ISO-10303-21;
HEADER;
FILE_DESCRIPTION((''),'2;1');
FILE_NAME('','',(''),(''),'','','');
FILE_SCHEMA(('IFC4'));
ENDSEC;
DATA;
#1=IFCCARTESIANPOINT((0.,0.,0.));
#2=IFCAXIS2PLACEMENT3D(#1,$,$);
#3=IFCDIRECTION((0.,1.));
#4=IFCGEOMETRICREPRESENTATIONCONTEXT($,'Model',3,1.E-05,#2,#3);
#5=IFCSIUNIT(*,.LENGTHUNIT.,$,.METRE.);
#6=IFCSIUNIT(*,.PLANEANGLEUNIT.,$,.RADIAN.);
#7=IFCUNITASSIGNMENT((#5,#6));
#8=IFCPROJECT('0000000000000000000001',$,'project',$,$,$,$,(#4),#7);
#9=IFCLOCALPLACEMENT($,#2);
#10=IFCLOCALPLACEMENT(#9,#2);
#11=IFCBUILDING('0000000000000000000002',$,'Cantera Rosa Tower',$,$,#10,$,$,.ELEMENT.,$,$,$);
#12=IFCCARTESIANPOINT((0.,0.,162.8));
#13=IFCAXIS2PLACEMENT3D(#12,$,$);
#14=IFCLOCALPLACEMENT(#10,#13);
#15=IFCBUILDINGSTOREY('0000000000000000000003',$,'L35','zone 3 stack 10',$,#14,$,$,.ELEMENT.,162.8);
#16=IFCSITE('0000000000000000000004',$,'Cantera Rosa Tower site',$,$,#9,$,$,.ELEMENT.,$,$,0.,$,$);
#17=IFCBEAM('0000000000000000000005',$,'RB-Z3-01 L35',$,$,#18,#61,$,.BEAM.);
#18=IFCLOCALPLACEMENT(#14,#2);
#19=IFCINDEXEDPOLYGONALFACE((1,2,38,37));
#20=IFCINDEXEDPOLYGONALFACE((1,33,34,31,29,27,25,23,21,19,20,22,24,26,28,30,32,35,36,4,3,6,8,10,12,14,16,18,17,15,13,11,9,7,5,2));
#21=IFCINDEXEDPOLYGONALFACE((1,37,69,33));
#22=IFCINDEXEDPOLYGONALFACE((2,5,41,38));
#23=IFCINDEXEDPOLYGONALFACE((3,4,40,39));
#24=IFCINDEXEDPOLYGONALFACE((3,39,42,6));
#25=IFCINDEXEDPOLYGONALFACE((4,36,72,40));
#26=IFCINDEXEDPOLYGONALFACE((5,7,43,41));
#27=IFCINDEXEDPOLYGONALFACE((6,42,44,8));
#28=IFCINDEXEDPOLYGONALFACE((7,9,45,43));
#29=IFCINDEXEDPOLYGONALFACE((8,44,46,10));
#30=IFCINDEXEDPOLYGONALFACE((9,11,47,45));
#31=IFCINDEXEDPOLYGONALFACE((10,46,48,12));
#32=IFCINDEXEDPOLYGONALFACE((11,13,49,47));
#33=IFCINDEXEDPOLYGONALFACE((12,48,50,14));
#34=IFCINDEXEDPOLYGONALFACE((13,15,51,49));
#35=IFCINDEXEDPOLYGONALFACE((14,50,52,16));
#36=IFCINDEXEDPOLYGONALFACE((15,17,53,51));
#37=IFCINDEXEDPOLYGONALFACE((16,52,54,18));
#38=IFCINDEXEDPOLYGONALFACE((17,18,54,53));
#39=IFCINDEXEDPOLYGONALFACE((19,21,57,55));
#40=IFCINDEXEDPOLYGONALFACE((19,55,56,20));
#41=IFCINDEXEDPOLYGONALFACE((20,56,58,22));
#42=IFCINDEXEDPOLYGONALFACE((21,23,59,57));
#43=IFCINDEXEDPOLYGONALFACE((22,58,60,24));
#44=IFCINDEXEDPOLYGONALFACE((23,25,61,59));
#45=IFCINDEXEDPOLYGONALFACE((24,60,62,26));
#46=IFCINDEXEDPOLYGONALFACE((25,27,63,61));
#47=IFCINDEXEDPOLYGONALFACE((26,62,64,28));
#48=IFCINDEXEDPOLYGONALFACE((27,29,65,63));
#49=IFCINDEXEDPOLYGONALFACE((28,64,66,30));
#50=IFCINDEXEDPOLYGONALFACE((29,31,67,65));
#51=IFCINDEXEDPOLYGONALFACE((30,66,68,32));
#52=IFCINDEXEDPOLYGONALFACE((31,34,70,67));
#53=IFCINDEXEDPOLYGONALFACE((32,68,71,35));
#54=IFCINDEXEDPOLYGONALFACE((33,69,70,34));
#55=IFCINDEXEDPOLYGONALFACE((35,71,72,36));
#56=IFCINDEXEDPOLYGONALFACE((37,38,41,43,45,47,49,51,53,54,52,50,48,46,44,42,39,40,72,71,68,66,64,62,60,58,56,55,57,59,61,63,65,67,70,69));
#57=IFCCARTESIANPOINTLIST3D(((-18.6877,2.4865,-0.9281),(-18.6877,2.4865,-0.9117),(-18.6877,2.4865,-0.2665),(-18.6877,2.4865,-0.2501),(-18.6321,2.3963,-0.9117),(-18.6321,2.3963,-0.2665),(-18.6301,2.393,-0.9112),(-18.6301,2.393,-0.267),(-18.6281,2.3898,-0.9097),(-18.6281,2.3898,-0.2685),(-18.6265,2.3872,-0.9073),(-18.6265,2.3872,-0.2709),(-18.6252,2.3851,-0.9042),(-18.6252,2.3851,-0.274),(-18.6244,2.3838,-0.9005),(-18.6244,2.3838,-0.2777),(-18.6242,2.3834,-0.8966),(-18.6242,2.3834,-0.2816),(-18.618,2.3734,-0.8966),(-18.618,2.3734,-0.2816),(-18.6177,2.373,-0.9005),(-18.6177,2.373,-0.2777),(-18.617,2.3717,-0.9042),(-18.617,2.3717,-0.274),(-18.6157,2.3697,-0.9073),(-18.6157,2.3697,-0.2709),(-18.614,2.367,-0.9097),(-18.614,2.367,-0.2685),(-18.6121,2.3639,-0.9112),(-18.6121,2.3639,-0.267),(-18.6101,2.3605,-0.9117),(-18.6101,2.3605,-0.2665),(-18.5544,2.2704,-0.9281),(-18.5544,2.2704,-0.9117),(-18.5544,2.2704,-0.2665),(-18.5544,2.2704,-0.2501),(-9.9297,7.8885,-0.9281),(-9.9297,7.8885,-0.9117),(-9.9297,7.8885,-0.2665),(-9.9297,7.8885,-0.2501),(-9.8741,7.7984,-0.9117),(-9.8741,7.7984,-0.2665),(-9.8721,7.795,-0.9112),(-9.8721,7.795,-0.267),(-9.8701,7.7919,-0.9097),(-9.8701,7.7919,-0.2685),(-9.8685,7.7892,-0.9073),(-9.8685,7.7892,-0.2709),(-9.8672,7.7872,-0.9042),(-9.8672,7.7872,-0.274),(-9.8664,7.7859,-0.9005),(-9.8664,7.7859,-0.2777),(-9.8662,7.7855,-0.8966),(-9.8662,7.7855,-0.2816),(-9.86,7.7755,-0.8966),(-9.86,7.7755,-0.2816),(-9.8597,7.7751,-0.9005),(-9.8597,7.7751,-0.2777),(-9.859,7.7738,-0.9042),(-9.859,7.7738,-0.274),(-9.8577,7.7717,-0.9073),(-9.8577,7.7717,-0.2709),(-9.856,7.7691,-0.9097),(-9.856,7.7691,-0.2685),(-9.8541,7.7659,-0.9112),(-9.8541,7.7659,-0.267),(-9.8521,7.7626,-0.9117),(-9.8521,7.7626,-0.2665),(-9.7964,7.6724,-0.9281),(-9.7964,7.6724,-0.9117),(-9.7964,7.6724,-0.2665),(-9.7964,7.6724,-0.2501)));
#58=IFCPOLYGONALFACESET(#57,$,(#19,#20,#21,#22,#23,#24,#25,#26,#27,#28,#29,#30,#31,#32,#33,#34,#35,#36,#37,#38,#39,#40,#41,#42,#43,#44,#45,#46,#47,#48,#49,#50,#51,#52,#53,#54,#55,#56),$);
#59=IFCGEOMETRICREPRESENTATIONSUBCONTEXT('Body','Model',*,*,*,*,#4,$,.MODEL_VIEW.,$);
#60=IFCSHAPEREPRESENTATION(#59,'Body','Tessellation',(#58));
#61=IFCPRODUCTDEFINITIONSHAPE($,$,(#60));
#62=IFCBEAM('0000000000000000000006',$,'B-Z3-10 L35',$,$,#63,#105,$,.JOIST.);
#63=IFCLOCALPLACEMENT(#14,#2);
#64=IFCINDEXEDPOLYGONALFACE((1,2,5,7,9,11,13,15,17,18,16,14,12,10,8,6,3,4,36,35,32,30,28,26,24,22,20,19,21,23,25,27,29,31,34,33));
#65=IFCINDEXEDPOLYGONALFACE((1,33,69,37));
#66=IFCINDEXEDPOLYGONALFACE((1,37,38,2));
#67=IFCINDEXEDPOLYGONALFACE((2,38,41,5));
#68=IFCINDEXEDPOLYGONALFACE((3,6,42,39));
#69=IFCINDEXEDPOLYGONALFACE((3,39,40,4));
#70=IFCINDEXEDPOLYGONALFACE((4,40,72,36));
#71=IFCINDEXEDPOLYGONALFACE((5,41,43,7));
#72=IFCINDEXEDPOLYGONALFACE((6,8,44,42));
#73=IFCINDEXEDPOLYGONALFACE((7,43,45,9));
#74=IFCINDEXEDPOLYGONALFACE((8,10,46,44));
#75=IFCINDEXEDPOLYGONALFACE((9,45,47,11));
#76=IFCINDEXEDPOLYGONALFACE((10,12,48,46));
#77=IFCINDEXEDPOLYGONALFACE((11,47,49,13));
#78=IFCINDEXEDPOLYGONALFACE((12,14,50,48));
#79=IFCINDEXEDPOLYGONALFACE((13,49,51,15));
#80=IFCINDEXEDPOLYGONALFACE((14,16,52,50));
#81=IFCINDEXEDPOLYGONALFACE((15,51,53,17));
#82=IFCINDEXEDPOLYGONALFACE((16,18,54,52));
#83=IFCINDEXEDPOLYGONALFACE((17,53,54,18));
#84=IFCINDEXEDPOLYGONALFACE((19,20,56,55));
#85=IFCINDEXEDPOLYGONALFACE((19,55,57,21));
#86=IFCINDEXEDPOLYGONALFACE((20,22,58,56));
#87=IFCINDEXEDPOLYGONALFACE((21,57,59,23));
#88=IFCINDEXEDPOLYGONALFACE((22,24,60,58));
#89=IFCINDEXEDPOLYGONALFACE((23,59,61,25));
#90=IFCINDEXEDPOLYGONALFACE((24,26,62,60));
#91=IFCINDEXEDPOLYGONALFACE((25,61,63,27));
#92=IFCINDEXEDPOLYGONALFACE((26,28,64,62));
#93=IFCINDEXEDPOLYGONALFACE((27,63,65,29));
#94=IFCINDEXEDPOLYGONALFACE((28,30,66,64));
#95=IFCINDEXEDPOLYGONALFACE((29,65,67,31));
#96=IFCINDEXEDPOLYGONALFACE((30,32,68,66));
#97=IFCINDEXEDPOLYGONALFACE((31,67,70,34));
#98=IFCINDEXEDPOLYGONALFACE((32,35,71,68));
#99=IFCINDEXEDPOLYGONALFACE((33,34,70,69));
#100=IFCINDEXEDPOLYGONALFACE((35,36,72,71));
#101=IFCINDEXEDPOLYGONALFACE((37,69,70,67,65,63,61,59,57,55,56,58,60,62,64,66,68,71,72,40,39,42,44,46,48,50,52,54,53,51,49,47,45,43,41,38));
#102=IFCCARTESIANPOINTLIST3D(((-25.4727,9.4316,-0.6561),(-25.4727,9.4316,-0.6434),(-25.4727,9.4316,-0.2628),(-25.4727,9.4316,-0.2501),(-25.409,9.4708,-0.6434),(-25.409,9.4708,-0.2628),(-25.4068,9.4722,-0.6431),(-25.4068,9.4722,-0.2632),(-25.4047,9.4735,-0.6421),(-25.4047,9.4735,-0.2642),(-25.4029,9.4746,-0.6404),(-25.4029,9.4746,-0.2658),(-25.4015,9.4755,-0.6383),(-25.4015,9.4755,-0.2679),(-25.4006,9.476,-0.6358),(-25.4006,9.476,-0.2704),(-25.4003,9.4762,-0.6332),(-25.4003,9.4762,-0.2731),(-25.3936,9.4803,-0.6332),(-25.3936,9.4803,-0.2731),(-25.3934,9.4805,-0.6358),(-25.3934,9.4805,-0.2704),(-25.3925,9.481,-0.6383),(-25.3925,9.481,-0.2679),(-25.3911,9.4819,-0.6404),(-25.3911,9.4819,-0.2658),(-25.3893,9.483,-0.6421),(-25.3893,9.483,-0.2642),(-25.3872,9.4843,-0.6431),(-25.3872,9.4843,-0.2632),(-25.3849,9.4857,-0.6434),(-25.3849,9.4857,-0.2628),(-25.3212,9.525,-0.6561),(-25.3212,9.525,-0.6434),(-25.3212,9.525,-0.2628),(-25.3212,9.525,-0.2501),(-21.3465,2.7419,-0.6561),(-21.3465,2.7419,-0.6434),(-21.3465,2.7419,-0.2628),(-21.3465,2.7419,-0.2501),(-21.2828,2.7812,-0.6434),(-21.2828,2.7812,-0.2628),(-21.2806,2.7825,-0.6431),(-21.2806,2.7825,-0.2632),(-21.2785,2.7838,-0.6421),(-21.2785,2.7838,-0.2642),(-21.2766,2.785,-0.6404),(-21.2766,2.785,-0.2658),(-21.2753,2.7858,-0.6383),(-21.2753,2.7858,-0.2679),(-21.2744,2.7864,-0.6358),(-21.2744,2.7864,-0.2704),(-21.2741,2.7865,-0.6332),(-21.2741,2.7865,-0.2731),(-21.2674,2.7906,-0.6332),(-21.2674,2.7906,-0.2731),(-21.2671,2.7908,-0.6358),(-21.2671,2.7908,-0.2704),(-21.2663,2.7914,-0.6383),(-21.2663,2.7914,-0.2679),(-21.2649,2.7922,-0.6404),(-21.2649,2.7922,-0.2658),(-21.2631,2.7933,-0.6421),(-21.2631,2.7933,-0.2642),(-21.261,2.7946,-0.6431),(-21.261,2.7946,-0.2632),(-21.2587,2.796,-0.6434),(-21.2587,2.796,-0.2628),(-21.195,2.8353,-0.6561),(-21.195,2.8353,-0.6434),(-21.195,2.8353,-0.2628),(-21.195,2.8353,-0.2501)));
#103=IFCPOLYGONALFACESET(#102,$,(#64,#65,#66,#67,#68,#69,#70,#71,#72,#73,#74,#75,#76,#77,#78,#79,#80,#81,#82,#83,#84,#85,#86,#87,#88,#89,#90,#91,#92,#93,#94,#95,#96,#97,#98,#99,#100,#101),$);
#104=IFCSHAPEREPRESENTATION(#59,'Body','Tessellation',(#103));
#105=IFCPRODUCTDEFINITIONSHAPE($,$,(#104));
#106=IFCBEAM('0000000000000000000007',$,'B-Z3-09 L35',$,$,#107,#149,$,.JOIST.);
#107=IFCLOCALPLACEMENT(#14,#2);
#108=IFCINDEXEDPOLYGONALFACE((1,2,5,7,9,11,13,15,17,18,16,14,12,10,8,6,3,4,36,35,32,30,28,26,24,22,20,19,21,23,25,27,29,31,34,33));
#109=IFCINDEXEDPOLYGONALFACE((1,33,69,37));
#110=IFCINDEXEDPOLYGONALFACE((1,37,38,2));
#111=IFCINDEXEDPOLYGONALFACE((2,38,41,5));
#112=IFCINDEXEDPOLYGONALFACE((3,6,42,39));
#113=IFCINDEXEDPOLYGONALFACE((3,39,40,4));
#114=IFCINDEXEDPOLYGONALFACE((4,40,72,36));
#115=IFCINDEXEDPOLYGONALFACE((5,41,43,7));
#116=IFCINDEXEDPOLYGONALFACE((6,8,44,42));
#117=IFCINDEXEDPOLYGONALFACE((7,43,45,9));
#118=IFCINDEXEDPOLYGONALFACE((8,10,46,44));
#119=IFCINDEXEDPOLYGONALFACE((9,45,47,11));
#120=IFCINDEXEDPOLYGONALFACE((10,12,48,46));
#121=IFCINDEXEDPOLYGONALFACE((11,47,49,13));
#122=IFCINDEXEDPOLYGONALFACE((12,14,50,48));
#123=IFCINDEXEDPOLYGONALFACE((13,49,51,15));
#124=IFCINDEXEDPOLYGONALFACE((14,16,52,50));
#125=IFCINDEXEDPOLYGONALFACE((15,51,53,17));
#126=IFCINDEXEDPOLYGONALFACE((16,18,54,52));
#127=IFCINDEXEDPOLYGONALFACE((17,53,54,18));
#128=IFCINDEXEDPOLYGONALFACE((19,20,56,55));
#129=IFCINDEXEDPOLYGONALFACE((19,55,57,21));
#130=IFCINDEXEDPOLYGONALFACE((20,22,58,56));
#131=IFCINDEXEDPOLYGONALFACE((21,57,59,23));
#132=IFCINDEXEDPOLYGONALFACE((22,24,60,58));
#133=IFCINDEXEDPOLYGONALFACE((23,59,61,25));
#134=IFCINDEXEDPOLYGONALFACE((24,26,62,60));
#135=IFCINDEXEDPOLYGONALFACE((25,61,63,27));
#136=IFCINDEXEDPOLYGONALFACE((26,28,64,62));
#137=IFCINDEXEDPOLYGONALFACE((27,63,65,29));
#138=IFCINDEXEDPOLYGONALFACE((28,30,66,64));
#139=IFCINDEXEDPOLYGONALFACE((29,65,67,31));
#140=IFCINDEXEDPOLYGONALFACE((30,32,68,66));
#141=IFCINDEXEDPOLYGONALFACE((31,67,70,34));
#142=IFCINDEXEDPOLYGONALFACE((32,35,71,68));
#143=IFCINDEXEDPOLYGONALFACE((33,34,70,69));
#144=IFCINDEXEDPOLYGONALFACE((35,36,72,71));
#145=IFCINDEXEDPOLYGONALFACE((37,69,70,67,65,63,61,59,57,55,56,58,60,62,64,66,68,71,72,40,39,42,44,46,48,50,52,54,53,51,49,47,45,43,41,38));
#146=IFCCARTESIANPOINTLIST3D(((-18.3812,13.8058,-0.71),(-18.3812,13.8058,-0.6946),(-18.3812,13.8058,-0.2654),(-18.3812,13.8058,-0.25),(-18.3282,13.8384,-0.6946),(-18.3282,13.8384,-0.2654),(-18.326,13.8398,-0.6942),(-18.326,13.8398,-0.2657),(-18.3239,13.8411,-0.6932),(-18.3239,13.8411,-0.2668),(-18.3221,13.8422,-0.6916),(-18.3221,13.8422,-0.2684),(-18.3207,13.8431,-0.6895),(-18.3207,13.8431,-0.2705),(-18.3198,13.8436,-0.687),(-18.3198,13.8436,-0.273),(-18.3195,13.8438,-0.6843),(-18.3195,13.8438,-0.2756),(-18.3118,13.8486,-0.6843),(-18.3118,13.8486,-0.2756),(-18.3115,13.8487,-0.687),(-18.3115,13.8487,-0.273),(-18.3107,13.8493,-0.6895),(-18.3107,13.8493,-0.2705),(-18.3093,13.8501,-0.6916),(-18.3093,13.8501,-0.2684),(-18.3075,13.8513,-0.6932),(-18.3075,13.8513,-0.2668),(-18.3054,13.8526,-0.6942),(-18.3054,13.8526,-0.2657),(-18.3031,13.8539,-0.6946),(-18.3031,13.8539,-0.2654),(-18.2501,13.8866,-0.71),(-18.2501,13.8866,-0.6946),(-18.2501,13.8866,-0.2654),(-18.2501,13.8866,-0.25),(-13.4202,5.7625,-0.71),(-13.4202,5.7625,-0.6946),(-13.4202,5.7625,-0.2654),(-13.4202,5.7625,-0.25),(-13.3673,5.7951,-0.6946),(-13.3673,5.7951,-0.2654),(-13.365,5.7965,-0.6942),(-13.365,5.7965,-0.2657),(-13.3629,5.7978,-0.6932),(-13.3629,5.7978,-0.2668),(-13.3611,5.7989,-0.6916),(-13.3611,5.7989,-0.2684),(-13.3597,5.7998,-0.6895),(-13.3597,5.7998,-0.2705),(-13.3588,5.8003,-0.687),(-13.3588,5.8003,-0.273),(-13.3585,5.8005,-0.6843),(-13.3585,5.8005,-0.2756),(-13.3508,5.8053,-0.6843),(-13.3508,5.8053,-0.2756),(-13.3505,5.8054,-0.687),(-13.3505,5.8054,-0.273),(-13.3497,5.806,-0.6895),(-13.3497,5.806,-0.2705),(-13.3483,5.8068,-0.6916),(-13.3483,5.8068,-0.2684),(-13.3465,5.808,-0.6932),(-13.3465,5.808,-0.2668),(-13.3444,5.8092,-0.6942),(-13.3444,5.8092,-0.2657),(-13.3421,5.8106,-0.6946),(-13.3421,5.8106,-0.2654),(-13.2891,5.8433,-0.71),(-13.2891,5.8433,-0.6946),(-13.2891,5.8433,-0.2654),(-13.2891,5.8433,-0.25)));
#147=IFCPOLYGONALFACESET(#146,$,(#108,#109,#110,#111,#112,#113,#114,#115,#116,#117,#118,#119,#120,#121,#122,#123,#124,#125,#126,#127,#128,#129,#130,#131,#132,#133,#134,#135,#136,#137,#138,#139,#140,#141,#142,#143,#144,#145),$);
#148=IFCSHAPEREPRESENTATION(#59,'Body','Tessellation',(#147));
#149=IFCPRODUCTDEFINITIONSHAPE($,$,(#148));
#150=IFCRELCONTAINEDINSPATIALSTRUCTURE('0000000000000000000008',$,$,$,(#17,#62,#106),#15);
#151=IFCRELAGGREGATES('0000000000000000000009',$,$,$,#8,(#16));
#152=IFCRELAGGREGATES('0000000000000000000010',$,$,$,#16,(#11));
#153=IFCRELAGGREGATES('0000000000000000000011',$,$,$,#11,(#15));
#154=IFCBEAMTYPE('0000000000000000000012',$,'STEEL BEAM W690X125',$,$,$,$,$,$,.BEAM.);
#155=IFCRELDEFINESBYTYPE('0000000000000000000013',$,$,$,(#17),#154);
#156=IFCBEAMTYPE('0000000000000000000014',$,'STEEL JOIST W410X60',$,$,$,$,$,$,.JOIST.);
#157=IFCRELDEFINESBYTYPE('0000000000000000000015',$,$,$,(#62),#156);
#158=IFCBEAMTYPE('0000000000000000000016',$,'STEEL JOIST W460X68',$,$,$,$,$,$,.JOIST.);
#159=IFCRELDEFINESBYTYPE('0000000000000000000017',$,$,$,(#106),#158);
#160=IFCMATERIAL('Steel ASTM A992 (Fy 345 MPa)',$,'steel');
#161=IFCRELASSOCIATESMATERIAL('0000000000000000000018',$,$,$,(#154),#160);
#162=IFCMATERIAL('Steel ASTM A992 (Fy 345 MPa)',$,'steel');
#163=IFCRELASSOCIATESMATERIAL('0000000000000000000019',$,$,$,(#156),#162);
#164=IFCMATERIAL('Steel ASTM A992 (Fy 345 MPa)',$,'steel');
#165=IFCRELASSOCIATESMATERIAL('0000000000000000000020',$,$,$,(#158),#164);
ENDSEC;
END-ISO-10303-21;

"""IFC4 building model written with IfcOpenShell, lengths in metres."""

from ifc_helpers import new_model, si_unit, direction, frame, origin, origin_2d, place, context, subcontext, project, spatial, i_section, extrude, material, material_profile, profile_set, type_object, element, save


model = new_model("IFC4")

# Units and contexts
model_context = context("Model", 3, precision=1e-05, world=origin(), true_north=direction((0.0, 1.0)))
body_context = subcontext(model_context, "Body", "Model", "MODEL_VIEW")
ifc_project = project(units=[si_unit("LENGTHUNIT", "METRE"), si_unit("PLANEANGLEUNIT", "RADIAN")], contexts=[model_context])

# Site, building, storey
site_placement = place(None, origin())
site = spatial("IfcSite", under=ifc_project, at=site_placement, Name="Cantera Rosa Tower site", CompositionType="ELEMENT", RefElevation=0.0)
building_placement = place(site_placement, origin())
building = spatial("IfcBuilding", under=site, at=building_placement, Name="Cantera Rosa Tower", CompositionType="ELEMENT")
storey_placement = place(building_placement, frame((0.0, 0.0, 162.8)))
storey = spatial("IfcBuildingStorey", under=building, at=storey_placement, Name="L35", Description="zone 3 stack 10", CompositionType="ELEMENT", Elevation=162.8)

# Beams
ifc_material_1 = material(Name="Steel ASTM A992 (Fy 345 MPa)", Category="steel")
ifc_material_profile_1 = material_profile(ifc_material_1, i_section(OverallWidth=0.2539, OverallDepth=0.678, WebThickness=0.0117, FlangeThickness=0.0164, FilletRadius=0.0151, at=origin_2d()), Name="W690X125")
ifc_profile_set_1 = profile_set([ifc_material_profile_1], Name="Steel ASTM A992 (Fy 345 MPa)")
beam_type_1 = type_object("IfcBeamType", Name="STEEL BEAM W690X125", PredefinedType="BEAM", material=ifc_profile_set_1)
beam_1_placement = place(storey_placement, frame((-18.6211, 2.3784, -0.5891), z_axis=(0.851115, 0.52498, 0.0), x_axis=(-0.52498, 0.851115, 0.0)))
element("IfcBeam", 1, at=beam_1_placement, inside=storey, type_object=beam_type_1, Name="RB-Z3-01 L35", PredefinedType="BEAM", context=body_context, shape_type="SweptSolid", body=[
    extrude(i_section(OverallWidth=0.2539, OverallDepth=0.678, WebThickness=0.0117, FlangeThickness=0.0164, FilletRadius=0.0151, at=origin_2d()), origin(), (0.0, 0.0, 1.0), 10.29),
])
ifc_material_2 = material(Name="Steel ASTM A992 (Fy 345 MPa)", Category="steel")
ifc_material_profile_2 = material_profile(ifc_material_2, i_section(OverallWidth=0.178, OverallDepth=0.406, WebThickness=0.0078, FlangeThickness=0.0127, FilletRadius=0.0103, at=origin_2d()), Name="W410X60")
ifc_profile_set_2 = profile_set([ifc_material_profile_2], Name="Steel ASTM A992 (Fy 345 MPa)")
beam_type_2 = type_object("IfcBeamType", Name="STEEL JOIST W410X60", PredefinedType="JOIST", material=ifc_profile_set_2)
beam_2_placement = place(storey_placement, frame((-25.397, 9.4783, -0.4531), z_axis=(0.524972, -0.851119, 0.0), x_axis=(0.851119, 0.524972, 0.0)))
element("IfcBeam", 2, at=beam_2_placement, inside=storey, type_object=beam_type_2, Name="B-Z3-10 L35", PredefinedType="JOIST", context=body_context, shape_type="SweptSolid", body=[
    extrude(i_section(OverallWidth=0.178, OverallDepth=0.406, WebThickness=0.0078, FlangeThickness=0.0127, FilletRadius=0.0103, at=origin_2d()), origin(), (0.0, 0.0, 1.0), 7.8599),
])
ifc_material_3 = material(Name="Steel ASTM A992 (Fy 345 MPa)", Category="steel")
ifc_material_profile_3 = material_profile(ifc_material_3, i_section(OverallWidth=0.1541, OverallDepth=0.46, WebThickness=0.009, FlangeThickness=0.0154, FilletRadius=0.0103, at=origin_2d()), Name="W460X68")
ifc_profile_set_3 = profile_set([ifc_material_profile_3], Name="Steel ASTM A992 (Fy 345 MPa)")
beam_type_3 = type_object("IfcBeamType", Name="STEEL JOIST W460X68", PredefinedType="JOIST", material=ifc_profile_set_3)
beam_3_placement = place(storey_placement, frame((-18.3157, 13.8462, -0.48), z_axis=(0.524962, -0.851126, 0.0), x_axis=(0.851126, 0.524962, 0.0)))
element("IfcBeam", 3, at=beam_3_placement, inside=storey, type_object=beam_type_3, Name="B-Z3-09 L35", PredefinedType="JOIST", context=body_context, shape_type="SweptSolid", body=[
    extrude(i_section(OverallWidth=0.1541, OverallDepth=0.46, WebThickness=0.009, FlangeThickness=0.0154, FilletRadius=0.0103, at=origin_2d()), origin(), (0.0, 0.0, 1.0), 9.4502),
])

save(model, "model.ifc")
